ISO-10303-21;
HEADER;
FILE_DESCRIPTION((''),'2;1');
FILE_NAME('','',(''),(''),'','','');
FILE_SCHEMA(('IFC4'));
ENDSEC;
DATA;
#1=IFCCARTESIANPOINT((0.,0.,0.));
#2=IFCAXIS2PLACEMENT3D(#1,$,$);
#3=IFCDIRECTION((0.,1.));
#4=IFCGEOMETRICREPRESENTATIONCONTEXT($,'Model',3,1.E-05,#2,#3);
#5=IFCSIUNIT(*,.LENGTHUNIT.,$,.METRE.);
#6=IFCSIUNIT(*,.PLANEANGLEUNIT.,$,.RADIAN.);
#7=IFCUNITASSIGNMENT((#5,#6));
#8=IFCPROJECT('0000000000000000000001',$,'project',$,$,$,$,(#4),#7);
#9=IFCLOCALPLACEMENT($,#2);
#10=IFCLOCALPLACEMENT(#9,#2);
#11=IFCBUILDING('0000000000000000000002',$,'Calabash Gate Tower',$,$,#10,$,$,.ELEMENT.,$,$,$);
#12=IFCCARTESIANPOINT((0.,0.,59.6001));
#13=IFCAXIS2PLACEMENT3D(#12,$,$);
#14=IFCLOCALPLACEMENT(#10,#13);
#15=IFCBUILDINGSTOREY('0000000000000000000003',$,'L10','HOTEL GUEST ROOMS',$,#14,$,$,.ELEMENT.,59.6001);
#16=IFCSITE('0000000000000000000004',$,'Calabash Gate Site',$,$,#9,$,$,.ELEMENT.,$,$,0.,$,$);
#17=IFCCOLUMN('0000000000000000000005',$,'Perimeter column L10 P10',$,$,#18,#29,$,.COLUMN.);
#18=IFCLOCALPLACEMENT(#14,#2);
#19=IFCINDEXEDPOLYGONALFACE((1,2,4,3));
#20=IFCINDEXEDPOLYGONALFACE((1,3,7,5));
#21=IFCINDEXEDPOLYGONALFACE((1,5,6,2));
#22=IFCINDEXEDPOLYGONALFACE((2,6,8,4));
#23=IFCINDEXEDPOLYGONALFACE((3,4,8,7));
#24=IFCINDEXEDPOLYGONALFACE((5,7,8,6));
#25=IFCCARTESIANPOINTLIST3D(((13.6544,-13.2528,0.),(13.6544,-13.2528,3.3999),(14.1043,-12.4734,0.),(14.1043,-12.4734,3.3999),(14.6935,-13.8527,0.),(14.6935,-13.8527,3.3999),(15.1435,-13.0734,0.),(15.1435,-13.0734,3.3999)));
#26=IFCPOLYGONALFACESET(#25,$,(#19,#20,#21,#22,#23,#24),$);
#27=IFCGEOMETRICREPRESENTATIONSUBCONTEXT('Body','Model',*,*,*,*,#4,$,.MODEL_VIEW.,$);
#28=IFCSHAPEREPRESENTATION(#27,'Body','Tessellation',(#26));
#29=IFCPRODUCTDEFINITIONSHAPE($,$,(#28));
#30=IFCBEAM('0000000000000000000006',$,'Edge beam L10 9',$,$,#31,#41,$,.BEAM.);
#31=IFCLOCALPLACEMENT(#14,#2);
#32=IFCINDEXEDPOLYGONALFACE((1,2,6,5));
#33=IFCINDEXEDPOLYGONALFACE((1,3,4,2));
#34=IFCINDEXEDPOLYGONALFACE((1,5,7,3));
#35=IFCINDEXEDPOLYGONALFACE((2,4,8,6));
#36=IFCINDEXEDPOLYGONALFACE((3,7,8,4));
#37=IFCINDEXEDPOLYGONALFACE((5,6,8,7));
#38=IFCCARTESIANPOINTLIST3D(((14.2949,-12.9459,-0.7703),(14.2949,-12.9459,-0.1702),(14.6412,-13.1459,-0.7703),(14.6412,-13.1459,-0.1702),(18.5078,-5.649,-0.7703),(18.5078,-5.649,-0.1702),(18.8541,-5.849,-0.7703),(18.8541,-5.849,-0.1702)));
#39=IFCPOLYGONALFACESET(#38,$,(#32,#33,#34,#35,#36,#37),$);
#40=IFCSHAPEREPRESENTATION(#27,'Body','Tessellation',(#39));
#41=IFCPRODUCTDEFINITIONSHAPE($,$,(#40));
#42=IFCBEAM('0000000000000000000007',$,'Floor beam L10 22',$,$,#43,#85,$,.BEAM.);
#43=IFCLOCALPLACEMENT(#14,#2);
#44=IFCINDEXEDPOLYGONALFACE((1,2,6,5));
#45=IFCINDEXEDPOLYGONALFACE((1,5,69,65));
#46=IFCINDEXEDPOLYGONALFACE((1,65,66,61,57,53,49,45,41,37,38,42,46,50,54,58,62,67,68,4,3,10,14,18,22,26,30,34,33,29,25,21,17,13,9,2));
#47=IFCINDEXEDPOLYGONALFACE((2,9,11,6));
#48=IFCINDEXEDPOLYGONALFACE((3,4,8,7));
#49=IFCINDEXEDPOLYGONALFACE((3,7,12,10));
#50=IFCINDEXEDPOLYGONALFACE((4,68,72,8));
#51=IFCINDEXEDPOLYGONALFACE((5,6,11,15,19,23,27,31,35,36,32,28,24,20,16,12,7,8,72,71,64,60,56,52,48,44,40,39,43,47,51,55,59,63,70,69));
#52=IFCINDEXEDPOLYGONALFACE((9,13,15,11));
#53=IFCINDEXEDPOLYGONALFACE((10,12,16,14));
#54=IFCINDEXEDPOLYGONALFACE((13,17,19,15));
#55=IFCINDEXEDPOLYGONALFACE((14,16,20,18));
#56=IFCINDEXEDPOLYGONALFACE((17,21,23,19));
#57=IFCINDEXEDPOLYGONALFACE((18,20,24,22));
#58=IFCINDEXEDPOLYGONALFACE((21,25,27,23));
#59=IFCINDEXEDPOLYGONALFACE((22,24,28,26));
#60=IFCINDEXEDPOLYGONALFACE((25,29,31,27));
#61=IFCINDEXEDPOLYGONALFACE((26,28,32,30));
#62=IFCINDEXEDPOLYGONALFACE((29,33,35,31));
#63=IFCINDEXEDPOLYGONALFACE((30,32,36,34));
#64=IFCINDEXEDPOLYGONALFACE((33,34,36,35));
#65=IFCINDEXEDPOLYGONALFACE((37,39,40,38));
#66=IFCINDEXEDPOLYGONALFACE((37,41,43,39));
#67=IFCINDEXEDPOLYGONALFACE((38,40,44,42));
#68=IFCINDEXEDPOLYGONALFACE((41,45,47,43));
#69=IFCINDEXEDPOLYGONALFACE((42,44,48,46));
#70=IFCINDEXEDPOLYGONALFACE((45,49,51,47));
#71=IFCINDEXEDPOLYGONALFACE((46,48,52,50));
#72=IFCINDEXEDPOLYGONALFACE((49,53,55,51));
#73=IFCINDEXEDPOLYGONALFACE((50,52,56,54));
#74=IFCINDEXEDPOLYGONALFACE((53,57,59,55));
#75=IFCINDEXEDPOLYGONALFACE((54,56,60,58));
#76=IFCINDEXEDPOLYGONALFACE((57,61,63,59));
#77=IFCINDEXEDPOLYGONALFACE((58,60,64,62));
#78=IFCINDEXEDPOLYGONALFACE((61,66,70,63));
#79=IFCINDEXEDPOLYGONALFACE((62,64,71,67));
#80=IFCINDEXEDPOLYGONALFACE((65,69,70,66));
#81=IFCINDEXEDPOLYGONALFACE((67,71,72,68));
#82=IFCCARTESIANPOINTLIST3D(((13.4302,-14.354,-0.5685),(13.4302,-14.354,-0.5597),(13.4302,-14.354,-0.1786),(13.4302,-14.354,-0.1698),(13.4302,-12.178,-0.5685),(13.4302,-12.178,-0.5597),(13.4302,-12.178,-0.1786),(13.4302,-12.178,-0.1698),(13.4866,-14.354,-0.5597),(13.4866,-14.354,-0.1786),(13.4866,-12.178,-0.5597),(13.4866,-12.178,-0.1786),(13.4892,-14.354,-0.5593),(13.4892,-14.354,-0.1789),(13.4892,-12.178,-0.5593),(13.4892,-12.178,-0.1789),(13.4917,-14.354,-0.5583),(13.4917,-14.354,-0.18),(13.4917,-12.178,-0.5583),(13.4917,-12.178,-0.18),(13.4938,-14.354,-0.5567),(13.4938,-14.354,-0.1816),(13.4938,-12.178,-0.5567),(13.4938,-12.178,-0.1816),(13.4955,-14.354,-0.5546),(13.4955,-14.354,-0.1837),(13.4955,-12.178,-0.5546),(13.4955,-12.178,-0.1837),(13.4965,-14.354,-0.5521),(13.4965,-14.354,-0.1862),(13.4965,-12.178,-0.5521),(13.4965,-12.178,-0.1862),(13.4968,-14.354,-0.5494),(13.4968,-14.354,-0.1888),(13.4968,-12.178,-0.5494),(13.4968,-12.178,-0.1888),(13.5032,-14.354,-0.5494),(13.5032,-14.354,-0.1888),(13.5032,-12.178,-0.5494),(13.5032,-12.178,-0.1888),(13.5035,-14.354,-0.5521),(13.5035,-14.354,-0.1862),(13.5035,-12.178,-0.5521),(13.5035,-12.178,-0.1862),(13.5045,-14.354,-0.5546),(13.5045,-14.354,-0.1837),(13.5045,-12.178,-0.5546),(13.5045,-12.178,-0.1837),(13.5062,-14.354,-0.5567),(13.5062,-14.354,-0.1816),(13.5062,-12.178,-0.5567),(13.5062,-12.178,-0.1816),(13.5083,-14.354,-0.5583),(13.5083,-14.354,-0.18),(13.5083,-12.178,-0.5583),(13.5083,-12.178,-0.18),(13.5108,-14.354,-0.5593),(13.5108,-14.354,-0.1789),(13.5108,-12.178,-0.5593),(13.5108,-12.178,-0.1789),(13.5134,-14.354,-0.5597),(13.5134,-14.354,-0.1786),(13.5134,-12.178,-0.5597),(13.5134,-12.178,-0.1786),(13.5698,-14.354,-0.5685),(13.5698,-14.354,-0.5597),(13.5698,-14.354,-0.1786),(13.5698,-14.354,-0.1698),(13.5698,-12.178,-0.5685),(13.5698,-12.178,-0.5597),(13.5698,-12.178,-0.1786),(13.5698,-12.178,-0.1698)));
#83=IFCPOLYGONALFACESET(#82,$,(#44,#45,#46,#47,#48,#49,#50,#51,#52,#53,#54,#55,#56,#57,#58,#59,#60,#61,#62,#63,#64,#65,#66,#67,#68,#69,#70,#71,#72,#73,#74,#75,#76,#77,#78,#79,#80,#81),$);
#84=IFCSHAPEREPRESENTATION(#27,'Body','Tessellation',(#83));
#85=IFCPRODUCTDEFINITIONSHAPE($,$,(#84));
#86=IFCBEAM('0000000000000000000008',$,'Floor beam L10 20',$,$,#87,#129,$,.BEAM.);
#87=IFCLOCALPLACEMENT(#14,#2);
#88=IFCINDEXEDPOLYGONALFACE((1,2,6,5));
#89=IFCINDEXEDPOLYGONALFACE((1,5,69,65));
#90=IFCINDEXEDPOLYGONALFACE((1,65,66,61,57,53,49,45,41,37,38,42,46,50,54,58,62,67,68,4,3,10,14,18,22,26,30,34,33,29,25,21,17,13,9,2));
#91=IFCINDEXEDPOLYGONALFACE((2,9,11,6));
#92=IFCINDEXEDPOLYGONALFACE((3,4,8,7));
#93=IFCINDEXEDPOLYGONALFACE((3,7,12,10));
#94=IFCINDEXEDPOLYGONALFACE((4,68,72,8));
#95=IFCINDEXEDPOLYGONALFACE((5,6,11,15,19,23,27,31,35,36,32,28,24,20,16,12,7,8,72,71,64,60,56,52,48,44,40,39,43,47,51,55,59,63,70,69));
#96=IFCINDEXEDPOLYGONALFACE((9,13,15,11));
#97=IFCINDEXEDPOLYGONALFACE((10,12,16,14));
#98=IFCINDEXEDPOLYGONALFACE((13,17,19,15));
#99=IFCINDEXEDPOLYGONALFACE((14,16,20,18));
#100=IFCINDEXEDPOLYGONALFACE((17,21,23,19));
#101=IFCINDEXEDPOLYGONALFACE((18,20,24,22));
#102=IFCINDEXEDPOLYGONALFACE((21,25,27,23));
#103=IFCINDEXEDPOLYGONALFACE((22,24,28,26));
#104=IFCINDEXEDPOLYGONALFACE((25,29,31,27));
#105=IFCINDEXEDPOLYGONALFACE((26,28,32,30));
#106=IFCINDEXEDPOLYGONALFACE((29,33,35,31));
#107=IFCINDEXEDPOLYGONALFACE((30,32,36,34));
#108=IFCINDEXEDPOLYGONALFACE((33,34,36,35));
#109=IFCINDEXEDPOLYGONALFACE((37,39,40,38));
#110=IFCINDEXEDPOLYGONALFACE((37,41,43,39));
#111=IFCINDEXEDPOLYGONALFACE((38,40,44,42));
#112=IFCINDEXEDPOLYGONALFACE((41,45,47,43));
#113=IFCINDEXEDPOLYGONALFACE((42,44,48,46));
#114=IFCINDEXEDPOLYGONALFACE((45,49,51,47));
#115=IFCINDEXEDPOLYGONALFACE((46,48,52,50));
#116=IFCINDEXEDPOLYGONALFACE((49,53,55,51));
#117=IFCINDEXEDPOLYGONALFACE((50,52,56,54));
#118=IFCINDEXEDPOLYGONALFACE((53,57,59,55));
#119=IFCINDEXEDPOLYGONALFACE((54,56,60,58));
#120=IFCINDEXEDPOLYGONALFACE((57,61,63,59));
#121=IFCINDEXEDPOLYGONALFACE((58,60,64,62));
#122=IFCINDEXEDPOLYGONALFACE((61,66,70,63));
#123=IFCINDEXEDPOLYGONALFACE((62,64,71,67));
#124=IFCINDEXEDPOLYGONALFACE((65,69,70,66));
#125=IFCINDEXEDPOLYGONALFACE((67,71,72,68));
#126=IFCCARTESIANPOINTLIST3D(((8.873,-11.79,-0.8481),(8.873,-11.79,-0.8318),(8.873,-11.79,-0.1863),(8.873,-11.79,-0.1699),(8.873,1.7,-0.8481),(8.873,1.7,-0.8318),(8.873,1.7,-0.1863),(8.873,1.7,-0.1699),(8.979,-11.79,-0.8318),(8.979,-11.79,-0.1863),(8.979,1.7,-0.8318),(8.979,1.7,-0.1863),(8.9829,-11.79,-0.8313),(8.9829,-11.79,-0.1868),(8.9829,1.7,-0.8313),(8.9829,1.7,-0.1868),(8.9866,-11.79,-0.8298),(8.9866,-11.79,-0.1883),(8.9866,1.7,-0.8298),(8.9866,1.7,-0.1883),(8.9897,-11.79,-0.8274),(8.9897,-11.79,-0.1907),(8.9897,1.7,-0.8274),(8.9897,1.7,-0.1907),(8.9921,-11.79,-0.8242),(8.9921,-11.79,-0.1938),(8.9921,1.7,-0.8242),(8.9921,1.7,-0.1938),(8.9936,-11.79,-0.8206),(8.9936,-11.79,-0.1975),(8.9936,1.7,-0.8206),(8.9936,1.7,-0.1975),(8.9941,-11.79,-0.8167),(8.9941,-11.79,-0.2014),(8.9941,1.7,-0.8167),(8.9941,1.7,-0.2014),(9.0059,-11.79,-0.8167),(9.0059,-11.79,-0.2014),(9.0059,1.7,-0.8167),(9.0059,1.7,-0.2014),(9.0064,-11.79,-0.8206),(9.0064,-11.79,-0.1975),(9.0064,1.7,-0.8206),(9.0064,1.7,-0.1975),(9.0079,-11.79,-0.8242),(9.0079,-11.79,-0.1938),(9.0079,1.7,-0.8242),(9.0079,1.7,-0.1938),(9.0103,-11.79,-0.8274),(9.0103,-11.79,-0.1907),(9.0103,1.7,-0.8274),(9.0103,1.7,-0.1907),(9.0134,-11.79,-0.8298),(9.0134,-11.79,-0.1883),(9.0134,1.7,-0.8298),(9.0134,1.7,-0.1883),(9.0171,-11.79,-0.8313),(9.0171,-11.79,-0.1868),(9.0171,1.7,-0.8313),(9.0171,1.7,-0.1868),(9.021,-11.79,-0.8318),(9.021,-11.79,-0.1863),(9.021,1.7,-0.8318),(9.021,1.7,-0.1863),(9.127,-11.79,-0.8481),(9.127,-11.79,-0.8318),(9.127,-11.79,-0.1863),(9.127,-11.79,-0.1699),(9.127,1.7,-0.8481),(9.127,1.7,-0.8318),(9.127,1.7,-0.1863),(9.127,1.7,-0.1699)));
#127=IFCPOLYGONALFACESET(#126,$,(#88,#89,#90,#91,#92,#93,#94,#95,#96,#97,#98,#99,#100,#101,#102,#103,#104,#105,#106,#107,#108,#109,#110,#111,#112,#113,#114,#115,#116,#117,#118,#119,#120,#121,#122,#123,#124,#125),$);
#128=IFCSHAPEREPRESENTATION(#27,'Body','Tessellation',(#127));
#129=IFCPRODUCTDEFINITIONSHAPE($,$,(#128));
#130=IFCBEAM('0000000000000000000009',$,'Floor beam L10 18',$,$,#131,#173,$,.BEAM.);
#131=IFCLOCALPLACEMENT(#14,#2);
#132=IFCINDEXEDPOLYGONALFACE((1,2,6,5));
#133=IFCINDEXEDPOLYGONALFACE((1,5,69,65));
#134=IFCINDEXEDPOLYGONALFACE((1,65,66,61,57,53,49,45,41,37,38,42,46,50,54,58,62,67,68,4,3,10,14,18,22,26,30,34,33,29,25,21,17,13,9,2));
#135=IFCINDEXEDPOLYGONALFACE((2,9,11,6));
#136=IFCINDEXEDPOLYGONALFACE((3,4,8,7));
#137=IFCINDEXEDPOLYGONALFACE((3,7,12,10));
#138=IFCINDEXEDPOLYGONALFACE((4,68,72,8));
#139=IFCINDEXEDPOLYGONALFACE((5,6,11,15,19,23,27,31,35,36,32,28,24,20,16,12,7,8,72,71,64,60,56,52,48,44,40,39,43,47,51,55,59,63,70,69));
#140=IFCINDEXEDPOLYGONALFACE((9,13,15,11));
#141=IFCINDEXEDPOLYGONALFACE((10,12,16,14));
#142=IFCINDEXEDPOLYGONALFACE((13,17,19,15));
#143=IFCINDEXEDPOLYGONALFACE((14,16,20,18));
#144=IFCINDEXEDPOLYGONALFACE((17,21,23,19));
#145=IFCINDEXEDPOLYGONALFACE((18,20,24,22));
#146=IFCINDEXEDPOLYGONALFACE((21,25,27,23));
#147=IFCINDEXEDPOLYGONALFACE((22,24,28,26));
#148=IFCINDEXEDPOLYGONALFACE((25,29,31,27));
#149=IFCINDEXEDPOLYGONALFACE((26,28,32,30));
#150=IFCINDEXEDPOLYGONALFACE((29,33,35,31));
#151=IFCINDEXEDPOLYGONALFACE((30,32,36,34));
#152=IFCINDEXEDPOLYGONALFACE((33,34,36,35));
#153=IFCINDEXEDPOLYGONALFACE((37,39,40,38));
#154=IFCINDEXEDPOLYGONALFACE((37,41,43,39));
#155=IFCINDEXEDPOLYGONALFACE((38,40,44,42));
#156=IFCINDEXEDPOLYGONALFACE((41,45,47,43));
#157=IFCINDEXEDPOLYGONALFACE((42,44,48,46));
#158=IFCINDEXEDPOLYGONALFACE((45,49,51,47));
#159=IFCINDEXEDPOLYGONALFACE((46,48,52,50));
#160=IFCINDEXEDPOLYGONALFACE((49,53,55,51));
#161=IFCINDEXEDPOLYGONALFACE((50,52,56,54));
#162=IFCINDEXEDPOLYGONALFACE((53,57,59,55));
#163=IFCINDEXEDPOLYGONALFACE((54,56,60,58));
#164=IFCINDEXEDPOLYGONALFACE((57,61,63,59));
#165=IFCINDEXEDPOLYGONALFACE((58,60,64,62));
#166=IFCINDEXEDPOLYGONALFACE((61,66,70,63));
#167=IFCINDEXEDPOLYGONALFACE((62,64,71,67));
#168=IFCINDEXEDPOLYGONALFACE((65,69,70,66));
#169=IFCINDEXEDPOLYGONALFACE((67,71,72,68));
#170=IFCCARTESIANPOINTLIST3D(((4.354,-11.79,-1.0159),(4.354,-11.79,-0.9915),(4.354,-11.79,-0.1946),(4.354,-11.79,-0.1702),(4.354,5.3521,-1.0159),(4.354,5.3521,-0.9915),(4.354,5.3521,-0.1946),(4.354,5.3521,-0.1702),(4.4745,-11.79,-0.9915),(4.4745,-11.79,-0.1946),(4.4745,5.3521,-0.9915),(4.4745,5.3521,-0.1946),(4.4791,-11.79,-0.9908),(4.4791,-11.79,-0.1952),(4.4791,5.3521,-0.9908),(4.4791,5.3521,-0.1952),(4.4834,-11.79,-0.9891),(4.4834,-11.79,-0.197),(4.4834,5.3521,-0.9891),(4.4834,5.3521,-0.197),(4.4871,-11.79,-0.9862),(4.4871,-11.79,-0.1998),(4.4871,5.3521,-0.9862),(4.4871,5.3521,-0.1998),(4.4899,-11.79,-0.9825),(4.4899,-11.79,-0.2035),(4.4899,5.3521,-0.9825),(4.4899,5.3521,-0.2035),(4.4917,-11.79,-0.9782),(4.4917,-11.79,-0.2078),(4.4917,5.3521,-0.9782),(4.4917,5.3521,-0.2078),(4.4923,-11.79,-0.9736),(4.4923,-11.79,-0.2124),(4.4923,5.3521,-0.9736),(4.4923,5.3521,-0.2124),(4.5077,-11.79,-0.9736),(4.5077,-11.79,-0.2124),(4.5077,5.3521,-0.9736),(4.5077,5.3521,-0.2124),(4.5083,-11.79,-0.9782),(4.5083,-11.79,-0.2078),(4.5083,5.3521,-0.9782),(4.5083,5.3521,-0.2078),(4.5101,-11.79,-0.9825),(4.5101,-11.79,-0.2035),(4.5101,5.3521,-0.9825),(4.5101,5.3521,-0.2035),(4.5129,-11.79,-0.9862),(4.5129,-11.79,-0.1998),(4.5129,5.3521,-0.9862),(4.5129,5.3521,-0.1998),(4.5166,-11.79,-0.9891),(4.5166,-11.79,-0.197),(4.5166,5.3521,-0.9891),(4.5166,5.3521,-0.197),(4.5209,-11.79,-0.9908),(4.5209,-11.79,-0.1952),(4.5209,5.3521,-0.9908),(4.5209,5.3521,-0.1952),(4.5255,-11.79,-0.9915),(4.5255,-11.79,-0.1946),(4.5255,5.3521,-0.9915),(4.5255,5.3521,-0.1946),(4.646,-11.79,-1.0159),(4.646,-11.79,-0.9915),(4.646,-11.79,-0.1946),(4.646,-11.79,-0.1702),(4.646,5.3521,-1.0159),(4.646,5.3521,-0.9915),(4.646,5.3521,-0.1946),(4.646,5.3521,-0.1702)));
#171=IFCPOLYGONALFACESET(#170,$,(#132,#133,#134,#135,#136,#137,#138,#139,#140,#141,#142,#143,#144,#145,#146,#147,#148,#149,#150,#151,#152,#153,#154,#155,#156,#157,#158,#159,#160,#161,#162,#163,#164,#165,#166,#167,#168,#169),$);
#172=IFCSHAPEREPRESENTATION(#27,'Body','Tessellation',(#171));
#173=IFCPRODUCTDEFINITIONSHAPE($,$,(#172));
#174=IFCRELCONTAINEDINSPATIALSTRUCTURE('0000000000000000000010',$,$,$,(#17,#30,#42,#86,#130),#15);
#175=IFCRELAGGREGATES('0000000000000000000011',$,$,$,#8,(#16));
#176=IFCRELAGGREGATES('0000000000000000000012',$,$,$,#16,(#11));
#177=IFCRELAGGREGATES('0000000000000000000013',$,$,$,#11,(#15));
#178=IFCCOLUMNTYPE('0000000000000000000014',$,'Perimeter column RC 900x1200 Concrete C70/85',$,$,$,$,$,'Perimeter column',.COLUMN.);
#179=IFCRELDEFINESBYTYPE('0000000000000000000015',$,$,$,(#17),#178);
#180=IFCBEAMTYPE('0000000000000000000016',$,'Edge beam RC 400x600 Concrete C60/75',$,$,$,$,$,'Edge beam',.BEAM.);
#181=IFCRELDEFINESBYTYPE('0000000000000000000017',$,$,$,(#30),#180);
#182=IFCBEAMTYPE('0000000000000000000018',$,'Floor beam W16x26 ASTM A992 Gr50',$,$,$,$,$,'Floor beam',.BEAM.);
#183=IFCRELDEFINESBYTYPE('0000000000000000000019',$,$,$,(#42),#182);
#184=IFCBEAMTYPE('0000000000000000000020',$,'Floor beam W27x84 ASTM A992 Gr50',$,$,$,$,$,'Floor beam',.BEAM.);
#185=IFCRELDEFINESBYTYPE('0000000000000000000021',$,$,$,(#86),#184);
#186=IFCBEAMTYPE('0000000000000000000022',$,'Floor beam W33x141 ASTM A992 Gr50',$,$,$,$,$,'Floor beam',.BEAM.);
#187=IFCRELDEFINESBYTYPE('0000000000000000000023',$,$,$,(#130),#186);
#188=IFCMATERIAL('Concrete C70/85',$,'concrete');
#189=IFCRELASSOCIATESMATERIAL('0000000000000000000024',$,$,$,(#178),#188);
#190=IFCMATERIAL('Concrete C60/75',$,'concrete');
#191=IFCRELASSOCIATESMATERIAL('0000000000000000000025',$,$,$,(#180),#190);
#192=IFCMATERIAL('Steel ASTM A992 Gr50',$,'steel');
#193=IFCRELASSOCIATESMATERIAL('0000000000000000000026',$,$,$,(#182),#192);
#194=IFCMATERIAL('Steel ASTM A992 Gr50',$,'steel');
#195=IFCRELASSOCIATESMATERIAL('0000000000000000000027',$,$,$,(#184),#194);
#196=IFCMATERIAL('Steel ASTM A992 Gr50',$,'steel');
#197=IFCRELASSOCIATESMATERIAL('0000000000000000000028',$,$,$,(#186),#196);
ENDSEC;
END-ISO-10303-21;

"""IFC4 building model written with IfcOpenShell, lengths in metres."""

from ifc_helpers import new_model, si_unit, direction, frame, origin, origin_2d, place, context, subcontext, project, spatial, rectangle, i_section, extrude, material, material_profile, profile_set, type_object, element, save


model = new_model("IFC4")

# Units and contexts
model_context = context("Model", 3, precision=1e-05, world=origin(), true_north=direction((0.0, 1.0)))
body_context = subcontext(model_context, "Body", "Model", "MODEL_VIEW")
ifc_project = project(units=[si_unit("LENGTHUNIT", "METRE"), si_unit("PLANEANGLEUNIT", "RADIAN")], contexts=[model_context])

# Site, building, storey
site_placement = place(None, origin())
site = spatial("IfcSite", under=ifc_project, at=site_placement, Name="Calabash Gate Site", CompositionType="ELEMENT", RefElevation=0.0)
building_placement = place(site_placement, origin())
building = spatial("IfcBuilding", under=site, at=building_placement, Name="Calabash Gate Tower", CompositionType="ELEMENT")
storey_placement = place(building_placement, frame((0.0, 0.0, 59.6001)))
storey = spatial("IfcBuildingStorey", under=building, at=storey_placement, Name="L10", Description="HOTEL GUEST ROOMS", CompositionType="ELEMENT", Elevation=59.6001)

# Column
ifc_material_1 = material(Name="Concrete C70/85", Category="concrete")
ifc_material_profile_1 = material_profile(ifc_material_1, rectangle(XDim=0.8999, YDim=1.2, at=origin_2d()))
ifc_profile_set_1 = profile_set([ifc_material_profile_1], Name="Concrete C70/85")
column_type = type_object("IfcColumnType", Name="Perimeter column RC 900x1200 Concrete C70/85", ElementType="Perimeter column", PredefinedType="COLUMN", material=ifc_profile_set_1)
column_placement = place(storey_placement, frame((14.3989, -13.1631, 0.0), z_axis=(0.0, 0.0, 1.0), x_axis=(0.5, 0.866025, 0.0)))
element("IfcColumn", 1, at=column_placement, inside=storey, type_object=column_type, Name="Perimeter column L10 P10", PredefinedType="COLUMN", context=body_context, shape_type="SweptSolid", body=[
    extrude(rectangle(XDim=0.8999, YDim=1.2, at=origin_2d()), origin(), (0.0, 0.0, 1.0), 3.3999),
])

# Beams
ifc_material_2 = material(Name="Concrete C60/75", Category="concrete")
ifc_material_profile_2 = material_profile(ifc_material_2, rectangle(XDim=0.3999, YDim=0.6001, at=origin_2d()))
ifc_profile_set_2 = profile_set([ifc_material_profile_2], Name="Concrete C60/75")
beam_type_1 = type_object("IfcBeamType", Name="Edge beam RC 400x600 Concrete C60/75", ElementType="Edge beam", PredefinedType="BEAM", material=ifc_profile_set_2)
beam_1_placement = place(storey_placement, frame((14.468, -13.0459, -0.4702), z_axis=(0.500003, 0.866023, 0.0), x_axis=(-0.866023, 0.500003, 0.0)))
element("IfcBeam", 2, at=beam_1_placement, inside=storey, type_object=beam_type_1, Name="Edge beam L10 9", PredefinedType="BEAM", context=body_context, shape_type="SweptSolid", body=[
    extrude(rectangle(XDim=0.3999, YDim=0.6001, at=origin_2d()), origin(), (0.0, 0.0, 1.0), 8.4258),
])
ifc_material_3 = material(Name="Steel ASTM A992 Gr50", Category="steel")
ifc_material_profile_3 = material_profile(ifc_material_3, i_section(OverallWidth=0.1396, OverallDepth=0.3987, WebThickness=0.0063, FlangeThickness=0.0088, FilletRadius=0.0103, at=origin_2d()))
ifc_profile_set_3 = profile_set([ifc_material_profile_3], Name="Steel ASTM A992 Gr50")
beam_type_2 = type_object("IfcBeamType", Name="Floor beam W16x26 ASTM A992 Gr50", ElementType="Floor beam", PredefinedType="BEAM", material=ifc_profile_set_3)
beam_2_placement = place(storey_placement, frame((13.5, -14.354, -0.3691), z_axis=(0.0, 1.0, 0.0), x_axis=(-1.0, 0.0, 0.0)))
element("IfcBeam", 3, at=beam_2_placement, inside=storey, type_object=beam_type_2, Name="Floor beam L10 22", PredefinedType="BEAM", context=body_context, shape_type="SweptSolid", body=[
    extrude(i_section(OverallWidth=0.1396, OverallDepth=0.3987, WebThickness=0.0063, FlangeThickness=0.0088, FilletRadius=0.0103, at=origin_2d()), origin(), (0.0, 0.0, 1.0), 2.176),
])
ifc_material_4 = material(Name="Steel ASTM A992 Gr50", Category="steel")
ifc_material_profile_4 = material_profile(ifc_material_4, i_section(OverallWidth=0.2539, OverallDepth=0.6782, WebThickness=0.0117, FlangeThickness=0.0164, FilletRadius=0.0151, at=origin_2d()))
ifc_profile_set_4 = profile_set([ifc_material_profile_4], Name="Steel ASTM A992 Gr50")
beam_type_3 = type_object("IfcBeamType", Name="Floor beam W27x84 ASTM A992 Gr50", ElementType="Floor beam", PredefinedType="BEAM", material=ifc_profile_set_4)
beam_3_placement = place(storey_placement, frame((9.0, -11.79, -0.509), z_axis=(0.0, 1.0, 0.0), x_axis=(-1.0, 0.0, 0.0)))
element("IfcBeam", 4, at=beam_3_placement, inside=storey, type_object=beam_type_3, Name="Floor beam L10 20", PredefinedType="BEAM", context=body_context, shape_type="SweptSolid", body=[
    extrude(i_section(OverallWidth=0.2539, OverallDepth=0.6782, WebThickness=0.0117, FlangeThickness=0.0164, FilletRadius=0.0151, at=origin_2d()), origin(), (0.0, 0.0, 1.0), 13.49),
])
ifc_material_5 = material(Name="Steel ASTM A992 Gr50", Category="steel")
ifc_material_profile_5 = material_profile(ifc_material_5, i_section(OverallWidth=0.292, OverallDepth=0.8457, WebThickness=0.0154, FlangeThickness=0.0244, FilletRadius=0.0178, at=origin_2d()))
ifc_profile_set_5 = profile_set([ifc_material_profile_5], Name="Steel ASTM A992 Gr50")
beam_type_4 = type_object("IfcBeamType", Name="Floor beam W33x141 ASTM A992 Gr50", ElementType="Floor beam", PredefinedType="BEAM", material=ifc_profile_set_5)
beam_4_placement = place(storey_placement, frame((4.5, -11.79, -0.593), z_axis=(0.0, 1.0, 0.0), x_axis=(-1.0, 0.0, 0.0)))
element("IfcBeam", 5, at=beam_4_placement, inside=storey, type_object=beam_type_4, Name="Floor beam L10 18", PredefinedType="BEAM", context=body_context, shape_type="SweptSolid", body=[
    extrude(i_section(OverallWidth=0.292, OverallDepth=0.8457, WebThickness=0.0154, FlangeThickness=0.0244, FilletRadius=0.0178, at=origin_2d()), origin(), (0.0, 0.0, 1.0), 17.1421),
])

save(model, "model.ifc")
